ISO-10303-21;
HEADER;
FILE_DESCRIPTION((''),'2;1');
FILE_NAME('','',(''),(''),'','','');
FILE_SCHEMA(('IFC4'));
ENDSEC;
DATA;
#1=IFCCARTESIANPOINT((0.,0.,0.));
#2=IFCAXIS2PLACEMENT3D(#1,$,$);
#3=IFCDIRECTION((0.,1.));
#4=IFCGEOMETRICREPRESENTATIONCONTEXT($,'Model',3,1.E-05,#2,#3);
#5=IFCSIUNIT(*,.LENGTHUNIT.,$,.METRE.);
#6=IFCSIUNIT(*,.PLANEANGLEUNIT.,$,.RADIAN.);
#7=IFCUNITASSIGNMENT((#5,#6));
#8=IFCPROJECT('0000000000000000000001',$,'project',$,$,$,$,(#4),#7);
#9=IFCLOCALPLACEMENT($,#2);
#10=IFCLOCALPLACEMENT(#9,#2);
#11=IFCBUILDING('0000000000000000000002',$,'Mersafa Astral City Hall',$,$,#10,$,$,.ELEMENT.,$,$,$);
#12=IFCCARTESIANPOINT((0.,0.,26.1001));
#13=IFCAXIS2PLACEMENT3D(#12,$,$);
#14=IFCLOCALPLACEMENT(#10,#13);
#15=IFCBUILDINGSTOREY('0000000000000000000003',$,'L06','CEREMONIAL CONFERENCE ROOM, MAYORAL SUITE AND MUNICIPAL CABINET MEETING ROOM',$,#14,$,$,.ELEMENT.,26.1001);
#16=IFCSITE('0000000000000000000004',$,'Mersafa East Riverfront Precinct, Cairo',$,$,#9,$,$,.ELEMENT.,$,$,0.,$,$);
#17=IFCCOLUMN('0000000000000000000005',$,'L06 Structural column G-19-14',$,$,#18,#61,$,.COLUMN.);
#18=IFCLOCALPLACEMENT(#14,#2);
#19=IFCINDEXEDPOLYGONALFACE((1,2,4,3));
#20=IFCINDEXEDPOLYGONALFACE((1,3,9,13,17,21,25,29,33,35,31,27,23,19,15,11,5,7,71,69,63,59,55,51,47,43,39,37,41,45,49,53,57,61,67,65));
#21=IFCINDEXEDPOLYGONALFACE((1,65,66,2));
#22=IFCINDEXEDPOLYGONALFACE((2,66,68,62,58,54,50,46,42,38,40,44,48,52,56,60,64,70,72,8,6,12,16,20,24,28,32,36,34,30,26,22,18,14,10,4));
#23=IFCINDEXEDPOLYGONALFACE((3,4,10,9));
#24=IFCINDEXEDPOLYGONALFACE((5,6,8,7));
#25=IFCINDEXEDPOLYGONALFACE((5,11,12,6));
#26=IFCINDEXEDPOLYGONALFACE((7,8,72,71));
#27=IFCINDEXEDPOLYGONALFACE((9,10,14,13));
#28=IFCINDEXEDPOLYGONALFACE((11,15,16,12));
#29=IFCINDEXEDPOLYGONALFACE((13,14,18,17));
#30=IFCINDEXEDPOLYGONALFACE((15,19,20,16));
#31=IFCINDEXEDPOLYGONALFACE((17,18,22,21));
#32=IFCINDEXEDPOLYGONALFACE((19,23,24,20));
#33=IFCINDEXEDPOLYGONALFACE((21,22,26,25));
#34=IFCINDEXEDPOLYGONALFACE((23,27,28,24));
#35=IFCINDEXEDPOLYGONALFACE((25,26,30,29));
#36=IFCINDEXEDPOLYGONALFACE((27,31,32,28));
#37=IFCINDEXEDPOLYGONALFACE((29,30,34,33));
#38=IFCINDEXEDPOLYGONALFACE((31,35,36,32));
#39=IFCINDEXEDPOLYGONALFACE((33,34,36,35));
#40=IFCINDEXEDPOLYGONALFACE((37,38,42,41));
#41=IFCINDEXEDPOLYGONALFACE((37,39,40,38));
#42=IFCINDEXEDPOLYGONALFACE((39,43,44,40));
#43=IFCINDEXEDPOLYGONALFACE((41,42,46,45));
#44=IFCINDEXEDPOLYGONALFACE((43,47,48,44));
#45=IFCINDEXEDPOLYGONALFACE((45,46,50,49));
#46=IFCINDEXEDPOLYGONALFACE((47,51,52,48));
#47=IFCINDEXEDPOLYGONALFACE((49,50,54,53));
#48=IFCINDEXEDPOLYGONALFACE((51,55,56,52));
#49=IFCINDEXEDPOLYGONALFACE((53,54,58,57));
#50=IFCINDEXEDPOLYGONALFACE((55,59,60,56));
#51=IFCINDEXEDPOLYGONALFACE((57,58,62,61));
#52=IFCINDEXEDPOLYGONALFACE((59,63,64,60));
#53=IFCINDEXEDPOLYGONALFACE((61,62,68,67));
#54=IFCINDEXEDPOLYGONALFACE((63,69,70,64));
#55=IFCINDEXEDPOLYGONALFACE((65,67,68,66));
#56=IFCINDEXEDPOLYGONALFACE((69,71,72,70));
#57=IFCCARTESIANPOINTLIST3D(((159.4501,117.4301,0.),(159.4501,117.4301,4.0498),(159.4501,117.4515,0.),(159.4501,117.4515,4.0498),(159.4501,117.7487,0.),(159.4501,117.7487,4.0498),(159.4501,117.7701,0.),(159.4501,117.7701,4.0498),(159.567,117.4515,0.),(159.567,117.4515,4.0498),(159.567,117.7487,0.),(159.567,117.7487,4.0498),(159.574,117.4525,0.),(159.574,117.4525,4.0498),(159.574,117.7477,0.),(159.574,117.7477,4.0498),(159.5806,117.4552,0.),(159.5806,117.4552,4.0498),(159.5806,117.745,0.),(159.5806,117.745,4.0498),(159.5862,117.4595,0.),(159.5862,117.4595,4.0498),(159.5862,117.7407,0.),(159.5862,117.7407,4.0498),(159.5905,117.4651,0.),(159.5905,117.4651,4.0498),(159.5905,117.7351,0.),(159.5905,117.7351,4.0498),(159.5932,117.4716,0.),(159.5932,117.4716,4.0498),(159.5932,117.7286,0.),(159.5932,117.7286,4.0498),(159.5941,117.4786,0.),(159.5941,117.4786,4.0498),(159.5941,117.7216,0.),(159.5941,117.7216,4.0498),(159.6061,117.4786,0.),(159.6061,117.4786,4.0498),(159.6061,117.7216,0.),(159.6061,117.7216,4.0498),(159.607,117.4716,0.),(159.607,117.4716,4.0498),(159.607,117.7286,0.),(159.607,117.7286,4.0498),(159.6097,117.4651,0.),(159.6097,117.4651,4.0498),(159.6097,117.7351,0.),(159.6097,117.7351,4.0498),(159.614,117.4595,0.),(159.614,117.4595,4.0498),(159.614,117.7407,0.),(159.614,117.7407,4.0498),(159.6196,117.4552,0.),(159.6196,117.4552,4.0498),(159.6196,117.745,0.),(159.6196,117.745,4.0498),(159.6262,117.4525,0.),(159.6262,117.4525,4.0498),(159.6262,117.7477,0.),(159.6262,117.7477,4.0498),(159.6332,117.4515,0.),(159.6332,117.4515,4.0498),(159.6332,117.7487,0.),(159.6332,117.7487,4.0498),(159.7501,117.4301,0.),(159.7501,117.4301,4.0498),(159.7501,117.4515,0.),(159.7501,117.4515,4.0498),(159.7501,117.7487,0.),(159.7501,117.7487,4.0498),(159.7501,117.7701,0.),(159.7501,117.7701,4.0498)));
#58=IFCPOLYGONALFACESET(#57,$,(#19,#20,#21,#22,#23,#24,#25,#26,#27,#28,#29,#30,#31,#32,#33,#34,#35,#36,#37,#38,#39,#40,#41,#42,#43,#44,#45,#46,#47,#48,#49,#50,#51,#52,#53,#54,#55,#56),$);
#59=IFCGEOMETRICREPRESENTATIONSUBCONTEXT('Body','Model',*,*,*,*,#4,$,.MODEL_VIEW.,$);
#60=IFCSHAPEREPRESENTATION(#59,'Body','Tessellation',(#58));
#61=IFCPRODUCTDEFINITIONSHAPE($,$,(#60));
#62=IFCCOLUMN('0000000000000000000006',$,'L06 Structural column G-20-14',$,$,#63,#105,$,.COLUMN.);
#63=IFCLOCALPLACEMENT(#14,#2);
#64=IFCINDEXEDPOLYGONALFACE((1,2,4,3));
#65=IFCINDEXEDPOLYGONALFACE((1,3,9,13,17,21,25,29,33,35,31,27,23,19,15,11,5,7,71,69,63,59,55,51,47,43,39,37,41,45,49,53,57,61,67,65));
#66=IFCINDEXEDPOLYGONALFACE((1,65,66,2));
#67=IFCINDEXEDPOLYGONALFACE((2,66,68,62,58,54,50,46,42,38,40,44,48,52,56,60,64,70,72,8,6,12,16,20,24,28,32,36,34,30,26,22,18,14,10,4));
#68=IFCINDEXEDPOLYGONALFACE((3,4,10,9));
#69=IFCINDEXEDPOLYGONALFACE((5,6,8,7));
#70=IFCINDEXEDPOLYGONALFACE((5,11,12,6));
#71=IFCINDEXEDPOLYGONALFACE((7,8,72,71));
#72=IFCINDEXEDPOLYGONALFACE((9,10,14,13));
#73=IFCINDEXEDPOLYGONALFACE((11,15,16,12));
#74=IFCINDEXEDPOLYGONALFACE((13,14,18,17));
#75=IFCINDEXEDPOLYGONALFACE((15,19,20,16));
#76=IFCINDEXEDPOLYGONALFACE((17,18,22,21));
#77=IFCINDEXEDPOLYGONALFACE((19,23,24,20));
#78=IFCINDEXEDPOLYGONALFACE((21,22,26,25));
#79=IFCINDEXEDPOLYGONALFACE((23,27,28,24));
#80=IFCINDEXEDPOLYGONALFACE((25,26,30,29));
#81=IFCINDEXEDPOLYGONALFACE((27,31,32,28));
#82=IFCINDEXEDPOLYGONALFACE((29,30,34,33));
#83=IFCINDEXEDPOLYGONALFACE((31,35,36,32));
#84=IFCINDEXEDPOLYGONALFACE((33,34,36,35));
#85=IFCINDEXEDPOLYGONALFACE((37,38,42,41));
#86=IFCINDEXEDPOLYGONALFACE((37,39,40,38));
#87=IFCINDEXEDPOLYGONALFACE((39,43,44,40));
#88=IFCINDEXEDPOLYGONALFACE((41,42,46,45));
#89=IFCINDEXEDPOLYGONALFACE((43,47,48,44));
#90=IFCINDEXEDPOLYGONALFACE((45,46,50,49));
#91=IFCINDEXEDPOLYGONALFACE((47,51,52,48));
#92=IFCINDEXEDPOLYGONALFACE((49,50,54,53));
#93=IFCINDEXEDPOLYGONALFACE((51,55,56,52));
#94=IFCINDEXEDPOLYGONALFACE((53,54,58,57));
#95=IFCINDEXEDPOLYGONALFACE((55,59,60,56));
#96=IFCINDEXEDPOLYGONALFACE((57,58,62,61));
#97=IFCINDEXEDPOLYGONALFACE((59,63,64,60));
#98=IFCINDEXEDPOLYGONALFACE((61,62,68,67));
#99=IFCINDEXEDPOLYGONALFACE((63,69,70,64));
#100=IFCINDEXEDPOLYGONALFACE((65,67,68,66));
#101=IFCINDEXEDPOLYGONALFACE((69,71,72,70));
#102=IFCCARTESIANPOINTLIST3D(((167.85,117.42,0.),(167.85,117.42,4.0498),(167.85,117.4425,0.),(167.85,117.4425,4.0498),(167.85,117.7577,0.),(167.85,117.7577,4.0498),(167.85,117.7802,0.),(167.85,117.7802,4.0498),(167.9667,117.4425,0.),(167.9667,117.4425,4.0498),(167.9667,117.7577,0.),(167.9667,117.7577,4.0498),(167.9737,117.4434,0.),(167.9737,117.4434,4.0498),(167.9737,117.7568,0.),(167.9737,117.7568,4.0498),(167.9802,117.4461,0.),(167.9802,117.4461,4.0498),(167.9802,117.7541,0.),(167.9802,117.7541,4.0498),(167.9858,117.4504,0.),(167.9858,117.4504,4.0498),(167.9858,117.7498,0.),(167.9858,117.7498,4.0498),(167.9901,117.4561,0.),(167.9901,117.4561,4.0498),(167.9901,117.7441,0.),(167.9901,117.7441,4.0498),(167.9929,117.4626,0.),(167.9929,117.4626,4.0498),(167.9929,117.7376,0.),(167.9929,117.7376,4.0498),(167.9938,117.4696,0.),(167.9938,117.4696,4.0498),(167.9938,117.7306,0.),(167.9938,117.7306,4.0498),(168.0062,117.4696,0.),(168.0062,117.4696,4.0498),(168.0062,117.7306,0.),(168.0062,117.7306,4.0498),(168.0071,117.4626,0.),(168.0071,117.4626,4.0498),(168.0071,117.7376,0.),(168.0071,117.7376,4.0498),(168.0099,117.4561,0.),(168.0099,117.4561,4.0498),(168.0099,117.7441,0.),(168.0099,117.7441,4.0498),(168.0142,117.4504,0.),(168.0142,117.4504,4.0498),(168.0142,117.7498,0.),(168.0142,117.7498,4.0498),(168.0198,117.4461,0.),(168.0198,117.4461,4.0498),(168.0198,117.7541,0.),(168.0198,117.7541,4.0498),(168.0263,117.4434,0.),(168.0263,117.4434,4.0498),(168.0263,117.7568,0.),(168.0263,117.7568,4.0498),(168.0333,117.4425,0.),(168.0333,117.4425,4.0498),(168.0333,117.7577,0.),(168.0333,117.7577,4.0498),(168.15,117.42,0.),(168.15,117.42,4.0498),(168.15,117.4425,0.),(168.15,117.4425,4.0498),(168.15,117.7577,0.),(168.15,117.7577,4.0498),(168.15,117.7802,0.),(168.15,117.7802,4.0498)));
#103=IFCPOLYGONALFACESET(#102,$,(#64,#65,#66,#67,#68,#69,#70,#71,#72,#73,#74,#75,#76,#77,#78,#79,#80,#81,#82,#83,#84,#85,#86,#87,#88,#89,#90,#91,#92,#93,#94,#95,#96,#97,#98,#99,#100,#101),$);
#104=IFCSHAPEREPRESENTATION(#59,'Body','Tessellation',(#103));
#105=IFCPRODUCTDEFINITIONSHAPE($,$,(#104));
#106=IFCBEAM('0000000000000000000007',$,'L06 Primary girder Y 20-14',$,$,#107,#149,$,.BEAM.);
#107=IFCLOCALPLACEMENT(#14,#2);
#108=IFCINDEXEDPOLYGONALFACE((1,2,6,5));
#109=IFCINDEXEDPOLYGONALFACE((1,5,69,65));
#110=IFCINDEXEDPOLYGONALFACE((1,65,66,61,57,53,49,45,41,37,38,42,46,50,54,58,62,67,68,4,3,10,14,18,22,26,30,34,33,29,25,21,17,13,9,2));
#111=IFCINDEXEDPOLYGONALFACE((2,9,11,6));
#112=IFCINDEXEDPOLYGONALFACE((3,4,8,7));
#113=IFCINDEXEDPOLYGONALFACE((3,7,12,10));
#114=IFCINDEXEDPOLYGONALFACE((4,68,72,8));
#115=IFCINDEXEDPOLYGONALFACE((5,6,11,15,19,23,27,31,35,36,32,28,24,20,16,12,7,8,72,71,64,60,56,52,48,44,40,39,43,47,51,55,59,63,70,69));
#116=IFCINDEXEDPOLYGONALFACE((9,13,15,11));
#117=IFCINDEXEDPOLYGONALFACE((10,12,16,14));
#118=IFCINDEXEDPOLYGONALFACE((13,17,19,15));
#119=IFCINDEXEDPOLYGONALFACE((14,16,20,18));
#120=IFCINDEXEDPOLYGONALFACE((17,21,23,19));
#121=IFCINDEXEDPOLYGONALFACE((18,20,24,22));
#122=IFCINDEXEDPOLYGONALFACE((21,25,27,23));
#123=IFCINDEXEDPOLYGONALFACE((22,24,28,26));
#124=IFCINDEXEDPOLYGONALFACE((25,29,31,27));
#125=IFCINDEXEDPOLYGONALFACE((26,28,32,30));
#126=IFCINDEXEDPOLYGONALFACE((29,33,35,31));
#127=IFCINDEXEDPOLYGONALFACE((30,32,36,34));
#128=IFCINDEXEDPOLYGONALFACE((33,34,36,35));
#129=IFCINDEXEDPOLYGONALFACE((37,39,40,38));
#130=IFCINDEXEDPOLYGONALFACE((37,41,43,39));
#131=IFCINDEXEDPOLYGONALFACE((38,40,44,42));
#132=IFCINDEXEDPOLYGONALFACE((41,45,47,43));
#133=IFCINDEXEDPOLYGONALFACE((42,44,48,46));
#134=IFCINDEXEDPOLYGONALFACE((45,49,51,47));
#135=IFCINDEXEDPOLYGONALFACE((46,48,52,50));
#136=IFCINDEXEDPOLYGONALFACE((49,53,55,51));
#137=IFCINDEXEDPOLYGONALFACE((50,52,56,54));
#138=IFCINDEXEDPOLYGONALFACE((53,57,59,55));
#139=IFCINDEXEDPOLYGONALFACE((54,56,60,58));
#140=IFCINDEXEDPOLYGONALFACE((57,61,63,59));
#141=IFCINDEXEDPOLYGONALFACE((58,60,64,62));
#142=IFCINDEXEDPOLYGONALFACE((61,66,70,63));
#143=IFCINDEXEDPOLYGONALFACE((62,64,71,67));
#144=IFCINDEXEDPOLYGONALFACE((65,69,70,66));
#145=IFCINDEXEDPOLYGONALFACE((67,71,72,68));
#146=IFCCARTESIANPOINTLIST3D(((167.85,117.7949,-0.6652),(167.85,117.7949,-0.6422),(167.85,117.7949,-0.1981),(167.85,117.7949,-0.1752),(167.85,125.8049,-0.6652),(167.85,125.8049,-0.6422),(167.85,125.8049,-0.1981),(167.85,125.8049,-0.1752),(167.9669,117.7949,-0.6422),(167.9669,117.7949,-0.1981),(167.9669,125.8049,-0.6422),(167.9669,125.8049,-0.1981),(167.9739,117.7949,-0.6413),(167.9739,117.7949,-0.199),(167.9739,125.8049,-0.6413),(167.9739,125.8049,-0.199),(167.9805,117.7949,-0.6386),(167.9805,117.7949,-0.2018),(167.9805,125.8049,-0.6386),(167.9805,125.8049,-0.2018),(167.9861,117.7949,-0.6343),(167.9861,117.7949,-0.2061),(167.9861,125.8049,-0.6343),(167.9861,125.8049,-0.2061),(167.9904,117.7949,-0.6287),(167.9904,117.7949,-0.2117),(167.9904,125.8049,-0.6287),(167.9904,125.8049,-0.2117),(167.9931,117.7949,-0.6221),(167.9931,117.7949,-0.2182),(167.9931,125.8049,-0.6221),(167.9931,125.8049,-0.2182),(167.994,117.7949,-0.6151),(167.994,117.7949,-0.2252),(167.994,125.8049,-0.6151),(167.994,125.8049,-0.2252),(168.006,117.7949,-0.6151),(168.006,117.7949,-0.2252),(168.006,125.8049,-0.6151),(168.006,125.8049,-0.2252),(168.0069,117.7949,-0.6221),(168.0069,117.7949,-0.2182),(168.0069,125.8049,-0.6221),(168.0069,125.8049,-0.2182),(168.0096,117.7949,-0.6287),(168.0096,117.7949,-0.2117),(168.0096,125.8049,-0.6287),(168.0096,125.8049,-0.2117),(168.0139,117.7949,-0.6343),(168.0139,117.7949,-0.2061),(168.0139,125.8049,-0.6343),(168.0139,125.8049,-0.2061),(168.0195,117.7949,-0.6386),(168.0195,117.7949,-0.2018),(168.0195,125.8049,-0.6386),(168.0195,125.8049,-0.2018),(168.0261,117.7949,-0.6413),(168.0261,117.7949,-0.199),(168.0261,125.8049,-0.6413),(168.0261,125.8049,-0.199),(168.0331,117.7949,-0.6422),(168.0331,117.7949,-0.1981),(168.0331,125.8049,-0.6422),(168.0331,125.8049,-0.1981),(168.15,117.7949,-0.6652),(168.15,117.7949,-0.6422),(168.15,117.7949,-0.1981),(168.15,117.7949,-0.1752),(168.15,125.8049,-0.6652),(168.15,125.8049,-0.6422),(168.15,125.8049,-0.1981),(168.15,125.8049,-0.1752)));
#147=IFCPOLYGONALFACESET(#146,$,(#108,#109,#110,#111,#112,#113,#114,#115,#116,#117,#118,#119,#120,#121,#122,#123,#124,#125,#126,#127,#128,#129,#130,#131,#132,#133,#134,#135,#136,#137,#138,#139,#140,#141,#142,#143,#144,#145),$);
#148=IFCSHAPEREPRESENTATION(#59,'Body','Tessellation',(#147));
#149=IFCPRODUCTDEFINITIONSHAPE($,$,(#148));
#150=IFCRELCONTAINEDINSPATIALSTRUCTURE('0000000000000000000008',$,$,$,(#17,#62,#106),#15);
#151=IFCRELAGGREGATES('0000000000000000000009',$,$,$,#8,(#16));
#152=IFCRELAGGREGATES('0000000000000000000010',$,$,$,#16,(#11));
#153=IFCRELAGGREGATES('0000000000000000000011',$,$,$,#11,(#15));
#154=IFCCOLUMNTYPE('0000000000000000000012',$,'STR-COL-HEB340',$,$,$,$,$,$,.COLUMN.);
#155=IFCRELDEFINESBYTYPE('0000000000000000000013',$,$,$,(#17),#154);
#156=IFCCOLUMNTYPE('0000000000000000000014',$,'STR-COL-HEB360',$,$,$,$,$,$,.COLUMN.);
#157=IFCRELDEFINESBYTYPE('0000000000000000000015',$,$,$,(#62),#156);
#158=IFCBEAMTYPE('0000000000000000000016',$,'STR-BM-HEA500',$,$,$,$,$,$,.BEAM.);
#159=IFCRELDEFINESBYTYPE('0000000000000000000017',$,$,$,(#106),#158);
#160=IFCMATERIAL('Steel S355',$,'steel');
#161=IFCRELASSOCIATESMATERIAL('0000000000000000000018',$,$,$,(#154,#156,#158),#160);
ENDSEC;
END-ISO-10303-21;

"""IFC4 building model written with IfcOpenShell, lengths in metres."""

from ifc_helpers import new_model, si_unit, direction, frame, origin, origin_2d, place, context, subcontext, project, spatial, i_section, extrude, material, material_profile, profile_set, type_object, element, save


model = new_model("IFC4")

# Units and contexts
model_context = context("Model", 3, precision=1e-05, world=origin(), true_north=direction((0.0, 1.0)))
body_context = subcontext(model_context, "Body", "Model", "MODEL_VIEW")
ifc_project = project(units=[si_unit("LENGTHUNIT", "METRE"), si_unit("PLANEANGLEUNIT", "RADIAN")], contexts=[model_context])

# Site, building, storey
site_placement = place(None, origin())
site = spatial("IfcSite", under=ifc_project, at=site_placement, Name="Mersafa East Riverfront Precinct, Cairo", CompositionType="ELEMENT", RefElevation=0.0)
building_placement = place(site_placement, origin())
building = spatial("IfcBuilding", under=site, at=building_placement, Name="Mersafa Astral City Hall", CompositionType="ELEMENT")
storey_placement = place(building_placement, frame((0.0, 0.0, 26.1001)))
storey = spatial("IfcBuildingStorey", under=building, at=storey_placement, Name="L06", Description="CEREMONIAL CONFERENCE ROOM, MAYORAL SUITE AND MUNICIPAL CABINET MEETING ROOM", CompositionType="ELEMENT", Elevation=26.1001)

# Columns
ifc_material_1 = material(Name="Steel S355", Category="steel")
ifc_material_profile_1 = material_profile(ifc_material_1, i_section(OverallWidth=0.3, OverallDepth=0.3401, WebThickness=0.012, FlangeThickness=0.0215, FilletRadius=0.0271, at=origin_2d()), Name="HEB 340")
ifc_profile_set_1 = profile_set([ifc_material_profile_1], Name="Steel S355")
column_type_1 = type_object("IfcColumnType", Name="STR-COL-HEB340", PredefinedType="COLUMN", material=ifc_profile_set_1)
column_1_placement = place(storey_placement, frame((159.6001, 117.6001, 0.0), z_axis=(0.0, 0.0, 1.0), x_axis=(1.0, 0.0, 0.0)))
element("IfcColumn", 1, at=column_1_placement, inside=storey, type_object=column_type_1, Name="L06 Structural column G-19-14", PredefinedType="COLUMN", context=body_context, shape_type="SweptSolid", body=[
    extrude(i_section(OverallWidth=0.3, OverallDepth=0.3401, WebThickness=0.012, FlangeThickness=0.0215, FilletRadius=0.0271, at=origin_2d()), origin(), (0.0, 0.0, 1.0), 4.0498),
])
ifc_material_profile_2 = material_profile(ifc_material_1, i_section(OverallWidth=0.3, OverallDepth=0.3601, WebThickness=0.0125, FlangeThickness=0.0225, FilletRadius=0.0271, at=origin_2d()), Name="HEB 360")
ifc_profile_set_2 = profile_set([ifc_material_profile_2], Name="Steel S355")
column_type_2 = type_object("IfcColumnType", Name="STR-COL-HEB360", PredefinedType="COLUMN", material=ifc_profile_set_2)
column_2_placement = place(storey_placement, frame((168.0, 117.6001, 0.0), z_axis=(0.0, 0.0, 1.0), x_axis=(1.0, 0.0, 0.0)))
element("IfcColumn", 2, at=column_2_placement, inside=storey, type_object=column_type_2, Name="L06 Structural column G-20-14", PredefinedType="COLUMN", context=body_context, shape_type="SweptSolid", body=[
    extrude(i_section(OverallWidth=0.3, OverallDepth=0.3601, WebThickness=0.0125, FlangeThickness=0.0225, FilletRadius=0.0271, at=origin_2d()), origin(), (0.0, 0.0, 1.0), 4.0498),
])

# Beam
ifc_material_profile_3 = material_profile(ifc_material_1, i_section(OverallWidth=0.3, OverallDepth=0.49, WebThickness=0.012, FlangeThickness=0.0229, FilletRadius=0.0271, at=origin_2d()), Name="HEA 500")
ifc_profile_set_3 = profile_set([ifc_material_profile_3], Name="Steel S355")
beam_type_1 = type_object("IfcBeamType", Name="STR-BM-HEA500", PredefinedType="BEAM", material=ifc_profile_set_3)
beam_1_placement = place(storey_placement, frame((168.0, 117.7949, -0.4202), z_axis=(0.0, 1.0, 0.0), x_axis=(-1.0, 0.0, 0.0)))
element("IfcBeam", 3, at=beam_1_placement, inside=storey, type_object=beam_type_1, Name="L06 Primary girder Y 20-14", PredefinedType="BEAM", context=body_context, shape_type="SweptSolid", body=[
    extrude(i_section(OverallWidth=0.3, OverallDepth=0.49, WebThickness=0.012, FlangeThickness=0.0229, FilletRadius=0.0271, at=origin_2d()), origin(), (0.0, 0.0, 1.0), 8.01),
])

save(model, "model.ifc")
